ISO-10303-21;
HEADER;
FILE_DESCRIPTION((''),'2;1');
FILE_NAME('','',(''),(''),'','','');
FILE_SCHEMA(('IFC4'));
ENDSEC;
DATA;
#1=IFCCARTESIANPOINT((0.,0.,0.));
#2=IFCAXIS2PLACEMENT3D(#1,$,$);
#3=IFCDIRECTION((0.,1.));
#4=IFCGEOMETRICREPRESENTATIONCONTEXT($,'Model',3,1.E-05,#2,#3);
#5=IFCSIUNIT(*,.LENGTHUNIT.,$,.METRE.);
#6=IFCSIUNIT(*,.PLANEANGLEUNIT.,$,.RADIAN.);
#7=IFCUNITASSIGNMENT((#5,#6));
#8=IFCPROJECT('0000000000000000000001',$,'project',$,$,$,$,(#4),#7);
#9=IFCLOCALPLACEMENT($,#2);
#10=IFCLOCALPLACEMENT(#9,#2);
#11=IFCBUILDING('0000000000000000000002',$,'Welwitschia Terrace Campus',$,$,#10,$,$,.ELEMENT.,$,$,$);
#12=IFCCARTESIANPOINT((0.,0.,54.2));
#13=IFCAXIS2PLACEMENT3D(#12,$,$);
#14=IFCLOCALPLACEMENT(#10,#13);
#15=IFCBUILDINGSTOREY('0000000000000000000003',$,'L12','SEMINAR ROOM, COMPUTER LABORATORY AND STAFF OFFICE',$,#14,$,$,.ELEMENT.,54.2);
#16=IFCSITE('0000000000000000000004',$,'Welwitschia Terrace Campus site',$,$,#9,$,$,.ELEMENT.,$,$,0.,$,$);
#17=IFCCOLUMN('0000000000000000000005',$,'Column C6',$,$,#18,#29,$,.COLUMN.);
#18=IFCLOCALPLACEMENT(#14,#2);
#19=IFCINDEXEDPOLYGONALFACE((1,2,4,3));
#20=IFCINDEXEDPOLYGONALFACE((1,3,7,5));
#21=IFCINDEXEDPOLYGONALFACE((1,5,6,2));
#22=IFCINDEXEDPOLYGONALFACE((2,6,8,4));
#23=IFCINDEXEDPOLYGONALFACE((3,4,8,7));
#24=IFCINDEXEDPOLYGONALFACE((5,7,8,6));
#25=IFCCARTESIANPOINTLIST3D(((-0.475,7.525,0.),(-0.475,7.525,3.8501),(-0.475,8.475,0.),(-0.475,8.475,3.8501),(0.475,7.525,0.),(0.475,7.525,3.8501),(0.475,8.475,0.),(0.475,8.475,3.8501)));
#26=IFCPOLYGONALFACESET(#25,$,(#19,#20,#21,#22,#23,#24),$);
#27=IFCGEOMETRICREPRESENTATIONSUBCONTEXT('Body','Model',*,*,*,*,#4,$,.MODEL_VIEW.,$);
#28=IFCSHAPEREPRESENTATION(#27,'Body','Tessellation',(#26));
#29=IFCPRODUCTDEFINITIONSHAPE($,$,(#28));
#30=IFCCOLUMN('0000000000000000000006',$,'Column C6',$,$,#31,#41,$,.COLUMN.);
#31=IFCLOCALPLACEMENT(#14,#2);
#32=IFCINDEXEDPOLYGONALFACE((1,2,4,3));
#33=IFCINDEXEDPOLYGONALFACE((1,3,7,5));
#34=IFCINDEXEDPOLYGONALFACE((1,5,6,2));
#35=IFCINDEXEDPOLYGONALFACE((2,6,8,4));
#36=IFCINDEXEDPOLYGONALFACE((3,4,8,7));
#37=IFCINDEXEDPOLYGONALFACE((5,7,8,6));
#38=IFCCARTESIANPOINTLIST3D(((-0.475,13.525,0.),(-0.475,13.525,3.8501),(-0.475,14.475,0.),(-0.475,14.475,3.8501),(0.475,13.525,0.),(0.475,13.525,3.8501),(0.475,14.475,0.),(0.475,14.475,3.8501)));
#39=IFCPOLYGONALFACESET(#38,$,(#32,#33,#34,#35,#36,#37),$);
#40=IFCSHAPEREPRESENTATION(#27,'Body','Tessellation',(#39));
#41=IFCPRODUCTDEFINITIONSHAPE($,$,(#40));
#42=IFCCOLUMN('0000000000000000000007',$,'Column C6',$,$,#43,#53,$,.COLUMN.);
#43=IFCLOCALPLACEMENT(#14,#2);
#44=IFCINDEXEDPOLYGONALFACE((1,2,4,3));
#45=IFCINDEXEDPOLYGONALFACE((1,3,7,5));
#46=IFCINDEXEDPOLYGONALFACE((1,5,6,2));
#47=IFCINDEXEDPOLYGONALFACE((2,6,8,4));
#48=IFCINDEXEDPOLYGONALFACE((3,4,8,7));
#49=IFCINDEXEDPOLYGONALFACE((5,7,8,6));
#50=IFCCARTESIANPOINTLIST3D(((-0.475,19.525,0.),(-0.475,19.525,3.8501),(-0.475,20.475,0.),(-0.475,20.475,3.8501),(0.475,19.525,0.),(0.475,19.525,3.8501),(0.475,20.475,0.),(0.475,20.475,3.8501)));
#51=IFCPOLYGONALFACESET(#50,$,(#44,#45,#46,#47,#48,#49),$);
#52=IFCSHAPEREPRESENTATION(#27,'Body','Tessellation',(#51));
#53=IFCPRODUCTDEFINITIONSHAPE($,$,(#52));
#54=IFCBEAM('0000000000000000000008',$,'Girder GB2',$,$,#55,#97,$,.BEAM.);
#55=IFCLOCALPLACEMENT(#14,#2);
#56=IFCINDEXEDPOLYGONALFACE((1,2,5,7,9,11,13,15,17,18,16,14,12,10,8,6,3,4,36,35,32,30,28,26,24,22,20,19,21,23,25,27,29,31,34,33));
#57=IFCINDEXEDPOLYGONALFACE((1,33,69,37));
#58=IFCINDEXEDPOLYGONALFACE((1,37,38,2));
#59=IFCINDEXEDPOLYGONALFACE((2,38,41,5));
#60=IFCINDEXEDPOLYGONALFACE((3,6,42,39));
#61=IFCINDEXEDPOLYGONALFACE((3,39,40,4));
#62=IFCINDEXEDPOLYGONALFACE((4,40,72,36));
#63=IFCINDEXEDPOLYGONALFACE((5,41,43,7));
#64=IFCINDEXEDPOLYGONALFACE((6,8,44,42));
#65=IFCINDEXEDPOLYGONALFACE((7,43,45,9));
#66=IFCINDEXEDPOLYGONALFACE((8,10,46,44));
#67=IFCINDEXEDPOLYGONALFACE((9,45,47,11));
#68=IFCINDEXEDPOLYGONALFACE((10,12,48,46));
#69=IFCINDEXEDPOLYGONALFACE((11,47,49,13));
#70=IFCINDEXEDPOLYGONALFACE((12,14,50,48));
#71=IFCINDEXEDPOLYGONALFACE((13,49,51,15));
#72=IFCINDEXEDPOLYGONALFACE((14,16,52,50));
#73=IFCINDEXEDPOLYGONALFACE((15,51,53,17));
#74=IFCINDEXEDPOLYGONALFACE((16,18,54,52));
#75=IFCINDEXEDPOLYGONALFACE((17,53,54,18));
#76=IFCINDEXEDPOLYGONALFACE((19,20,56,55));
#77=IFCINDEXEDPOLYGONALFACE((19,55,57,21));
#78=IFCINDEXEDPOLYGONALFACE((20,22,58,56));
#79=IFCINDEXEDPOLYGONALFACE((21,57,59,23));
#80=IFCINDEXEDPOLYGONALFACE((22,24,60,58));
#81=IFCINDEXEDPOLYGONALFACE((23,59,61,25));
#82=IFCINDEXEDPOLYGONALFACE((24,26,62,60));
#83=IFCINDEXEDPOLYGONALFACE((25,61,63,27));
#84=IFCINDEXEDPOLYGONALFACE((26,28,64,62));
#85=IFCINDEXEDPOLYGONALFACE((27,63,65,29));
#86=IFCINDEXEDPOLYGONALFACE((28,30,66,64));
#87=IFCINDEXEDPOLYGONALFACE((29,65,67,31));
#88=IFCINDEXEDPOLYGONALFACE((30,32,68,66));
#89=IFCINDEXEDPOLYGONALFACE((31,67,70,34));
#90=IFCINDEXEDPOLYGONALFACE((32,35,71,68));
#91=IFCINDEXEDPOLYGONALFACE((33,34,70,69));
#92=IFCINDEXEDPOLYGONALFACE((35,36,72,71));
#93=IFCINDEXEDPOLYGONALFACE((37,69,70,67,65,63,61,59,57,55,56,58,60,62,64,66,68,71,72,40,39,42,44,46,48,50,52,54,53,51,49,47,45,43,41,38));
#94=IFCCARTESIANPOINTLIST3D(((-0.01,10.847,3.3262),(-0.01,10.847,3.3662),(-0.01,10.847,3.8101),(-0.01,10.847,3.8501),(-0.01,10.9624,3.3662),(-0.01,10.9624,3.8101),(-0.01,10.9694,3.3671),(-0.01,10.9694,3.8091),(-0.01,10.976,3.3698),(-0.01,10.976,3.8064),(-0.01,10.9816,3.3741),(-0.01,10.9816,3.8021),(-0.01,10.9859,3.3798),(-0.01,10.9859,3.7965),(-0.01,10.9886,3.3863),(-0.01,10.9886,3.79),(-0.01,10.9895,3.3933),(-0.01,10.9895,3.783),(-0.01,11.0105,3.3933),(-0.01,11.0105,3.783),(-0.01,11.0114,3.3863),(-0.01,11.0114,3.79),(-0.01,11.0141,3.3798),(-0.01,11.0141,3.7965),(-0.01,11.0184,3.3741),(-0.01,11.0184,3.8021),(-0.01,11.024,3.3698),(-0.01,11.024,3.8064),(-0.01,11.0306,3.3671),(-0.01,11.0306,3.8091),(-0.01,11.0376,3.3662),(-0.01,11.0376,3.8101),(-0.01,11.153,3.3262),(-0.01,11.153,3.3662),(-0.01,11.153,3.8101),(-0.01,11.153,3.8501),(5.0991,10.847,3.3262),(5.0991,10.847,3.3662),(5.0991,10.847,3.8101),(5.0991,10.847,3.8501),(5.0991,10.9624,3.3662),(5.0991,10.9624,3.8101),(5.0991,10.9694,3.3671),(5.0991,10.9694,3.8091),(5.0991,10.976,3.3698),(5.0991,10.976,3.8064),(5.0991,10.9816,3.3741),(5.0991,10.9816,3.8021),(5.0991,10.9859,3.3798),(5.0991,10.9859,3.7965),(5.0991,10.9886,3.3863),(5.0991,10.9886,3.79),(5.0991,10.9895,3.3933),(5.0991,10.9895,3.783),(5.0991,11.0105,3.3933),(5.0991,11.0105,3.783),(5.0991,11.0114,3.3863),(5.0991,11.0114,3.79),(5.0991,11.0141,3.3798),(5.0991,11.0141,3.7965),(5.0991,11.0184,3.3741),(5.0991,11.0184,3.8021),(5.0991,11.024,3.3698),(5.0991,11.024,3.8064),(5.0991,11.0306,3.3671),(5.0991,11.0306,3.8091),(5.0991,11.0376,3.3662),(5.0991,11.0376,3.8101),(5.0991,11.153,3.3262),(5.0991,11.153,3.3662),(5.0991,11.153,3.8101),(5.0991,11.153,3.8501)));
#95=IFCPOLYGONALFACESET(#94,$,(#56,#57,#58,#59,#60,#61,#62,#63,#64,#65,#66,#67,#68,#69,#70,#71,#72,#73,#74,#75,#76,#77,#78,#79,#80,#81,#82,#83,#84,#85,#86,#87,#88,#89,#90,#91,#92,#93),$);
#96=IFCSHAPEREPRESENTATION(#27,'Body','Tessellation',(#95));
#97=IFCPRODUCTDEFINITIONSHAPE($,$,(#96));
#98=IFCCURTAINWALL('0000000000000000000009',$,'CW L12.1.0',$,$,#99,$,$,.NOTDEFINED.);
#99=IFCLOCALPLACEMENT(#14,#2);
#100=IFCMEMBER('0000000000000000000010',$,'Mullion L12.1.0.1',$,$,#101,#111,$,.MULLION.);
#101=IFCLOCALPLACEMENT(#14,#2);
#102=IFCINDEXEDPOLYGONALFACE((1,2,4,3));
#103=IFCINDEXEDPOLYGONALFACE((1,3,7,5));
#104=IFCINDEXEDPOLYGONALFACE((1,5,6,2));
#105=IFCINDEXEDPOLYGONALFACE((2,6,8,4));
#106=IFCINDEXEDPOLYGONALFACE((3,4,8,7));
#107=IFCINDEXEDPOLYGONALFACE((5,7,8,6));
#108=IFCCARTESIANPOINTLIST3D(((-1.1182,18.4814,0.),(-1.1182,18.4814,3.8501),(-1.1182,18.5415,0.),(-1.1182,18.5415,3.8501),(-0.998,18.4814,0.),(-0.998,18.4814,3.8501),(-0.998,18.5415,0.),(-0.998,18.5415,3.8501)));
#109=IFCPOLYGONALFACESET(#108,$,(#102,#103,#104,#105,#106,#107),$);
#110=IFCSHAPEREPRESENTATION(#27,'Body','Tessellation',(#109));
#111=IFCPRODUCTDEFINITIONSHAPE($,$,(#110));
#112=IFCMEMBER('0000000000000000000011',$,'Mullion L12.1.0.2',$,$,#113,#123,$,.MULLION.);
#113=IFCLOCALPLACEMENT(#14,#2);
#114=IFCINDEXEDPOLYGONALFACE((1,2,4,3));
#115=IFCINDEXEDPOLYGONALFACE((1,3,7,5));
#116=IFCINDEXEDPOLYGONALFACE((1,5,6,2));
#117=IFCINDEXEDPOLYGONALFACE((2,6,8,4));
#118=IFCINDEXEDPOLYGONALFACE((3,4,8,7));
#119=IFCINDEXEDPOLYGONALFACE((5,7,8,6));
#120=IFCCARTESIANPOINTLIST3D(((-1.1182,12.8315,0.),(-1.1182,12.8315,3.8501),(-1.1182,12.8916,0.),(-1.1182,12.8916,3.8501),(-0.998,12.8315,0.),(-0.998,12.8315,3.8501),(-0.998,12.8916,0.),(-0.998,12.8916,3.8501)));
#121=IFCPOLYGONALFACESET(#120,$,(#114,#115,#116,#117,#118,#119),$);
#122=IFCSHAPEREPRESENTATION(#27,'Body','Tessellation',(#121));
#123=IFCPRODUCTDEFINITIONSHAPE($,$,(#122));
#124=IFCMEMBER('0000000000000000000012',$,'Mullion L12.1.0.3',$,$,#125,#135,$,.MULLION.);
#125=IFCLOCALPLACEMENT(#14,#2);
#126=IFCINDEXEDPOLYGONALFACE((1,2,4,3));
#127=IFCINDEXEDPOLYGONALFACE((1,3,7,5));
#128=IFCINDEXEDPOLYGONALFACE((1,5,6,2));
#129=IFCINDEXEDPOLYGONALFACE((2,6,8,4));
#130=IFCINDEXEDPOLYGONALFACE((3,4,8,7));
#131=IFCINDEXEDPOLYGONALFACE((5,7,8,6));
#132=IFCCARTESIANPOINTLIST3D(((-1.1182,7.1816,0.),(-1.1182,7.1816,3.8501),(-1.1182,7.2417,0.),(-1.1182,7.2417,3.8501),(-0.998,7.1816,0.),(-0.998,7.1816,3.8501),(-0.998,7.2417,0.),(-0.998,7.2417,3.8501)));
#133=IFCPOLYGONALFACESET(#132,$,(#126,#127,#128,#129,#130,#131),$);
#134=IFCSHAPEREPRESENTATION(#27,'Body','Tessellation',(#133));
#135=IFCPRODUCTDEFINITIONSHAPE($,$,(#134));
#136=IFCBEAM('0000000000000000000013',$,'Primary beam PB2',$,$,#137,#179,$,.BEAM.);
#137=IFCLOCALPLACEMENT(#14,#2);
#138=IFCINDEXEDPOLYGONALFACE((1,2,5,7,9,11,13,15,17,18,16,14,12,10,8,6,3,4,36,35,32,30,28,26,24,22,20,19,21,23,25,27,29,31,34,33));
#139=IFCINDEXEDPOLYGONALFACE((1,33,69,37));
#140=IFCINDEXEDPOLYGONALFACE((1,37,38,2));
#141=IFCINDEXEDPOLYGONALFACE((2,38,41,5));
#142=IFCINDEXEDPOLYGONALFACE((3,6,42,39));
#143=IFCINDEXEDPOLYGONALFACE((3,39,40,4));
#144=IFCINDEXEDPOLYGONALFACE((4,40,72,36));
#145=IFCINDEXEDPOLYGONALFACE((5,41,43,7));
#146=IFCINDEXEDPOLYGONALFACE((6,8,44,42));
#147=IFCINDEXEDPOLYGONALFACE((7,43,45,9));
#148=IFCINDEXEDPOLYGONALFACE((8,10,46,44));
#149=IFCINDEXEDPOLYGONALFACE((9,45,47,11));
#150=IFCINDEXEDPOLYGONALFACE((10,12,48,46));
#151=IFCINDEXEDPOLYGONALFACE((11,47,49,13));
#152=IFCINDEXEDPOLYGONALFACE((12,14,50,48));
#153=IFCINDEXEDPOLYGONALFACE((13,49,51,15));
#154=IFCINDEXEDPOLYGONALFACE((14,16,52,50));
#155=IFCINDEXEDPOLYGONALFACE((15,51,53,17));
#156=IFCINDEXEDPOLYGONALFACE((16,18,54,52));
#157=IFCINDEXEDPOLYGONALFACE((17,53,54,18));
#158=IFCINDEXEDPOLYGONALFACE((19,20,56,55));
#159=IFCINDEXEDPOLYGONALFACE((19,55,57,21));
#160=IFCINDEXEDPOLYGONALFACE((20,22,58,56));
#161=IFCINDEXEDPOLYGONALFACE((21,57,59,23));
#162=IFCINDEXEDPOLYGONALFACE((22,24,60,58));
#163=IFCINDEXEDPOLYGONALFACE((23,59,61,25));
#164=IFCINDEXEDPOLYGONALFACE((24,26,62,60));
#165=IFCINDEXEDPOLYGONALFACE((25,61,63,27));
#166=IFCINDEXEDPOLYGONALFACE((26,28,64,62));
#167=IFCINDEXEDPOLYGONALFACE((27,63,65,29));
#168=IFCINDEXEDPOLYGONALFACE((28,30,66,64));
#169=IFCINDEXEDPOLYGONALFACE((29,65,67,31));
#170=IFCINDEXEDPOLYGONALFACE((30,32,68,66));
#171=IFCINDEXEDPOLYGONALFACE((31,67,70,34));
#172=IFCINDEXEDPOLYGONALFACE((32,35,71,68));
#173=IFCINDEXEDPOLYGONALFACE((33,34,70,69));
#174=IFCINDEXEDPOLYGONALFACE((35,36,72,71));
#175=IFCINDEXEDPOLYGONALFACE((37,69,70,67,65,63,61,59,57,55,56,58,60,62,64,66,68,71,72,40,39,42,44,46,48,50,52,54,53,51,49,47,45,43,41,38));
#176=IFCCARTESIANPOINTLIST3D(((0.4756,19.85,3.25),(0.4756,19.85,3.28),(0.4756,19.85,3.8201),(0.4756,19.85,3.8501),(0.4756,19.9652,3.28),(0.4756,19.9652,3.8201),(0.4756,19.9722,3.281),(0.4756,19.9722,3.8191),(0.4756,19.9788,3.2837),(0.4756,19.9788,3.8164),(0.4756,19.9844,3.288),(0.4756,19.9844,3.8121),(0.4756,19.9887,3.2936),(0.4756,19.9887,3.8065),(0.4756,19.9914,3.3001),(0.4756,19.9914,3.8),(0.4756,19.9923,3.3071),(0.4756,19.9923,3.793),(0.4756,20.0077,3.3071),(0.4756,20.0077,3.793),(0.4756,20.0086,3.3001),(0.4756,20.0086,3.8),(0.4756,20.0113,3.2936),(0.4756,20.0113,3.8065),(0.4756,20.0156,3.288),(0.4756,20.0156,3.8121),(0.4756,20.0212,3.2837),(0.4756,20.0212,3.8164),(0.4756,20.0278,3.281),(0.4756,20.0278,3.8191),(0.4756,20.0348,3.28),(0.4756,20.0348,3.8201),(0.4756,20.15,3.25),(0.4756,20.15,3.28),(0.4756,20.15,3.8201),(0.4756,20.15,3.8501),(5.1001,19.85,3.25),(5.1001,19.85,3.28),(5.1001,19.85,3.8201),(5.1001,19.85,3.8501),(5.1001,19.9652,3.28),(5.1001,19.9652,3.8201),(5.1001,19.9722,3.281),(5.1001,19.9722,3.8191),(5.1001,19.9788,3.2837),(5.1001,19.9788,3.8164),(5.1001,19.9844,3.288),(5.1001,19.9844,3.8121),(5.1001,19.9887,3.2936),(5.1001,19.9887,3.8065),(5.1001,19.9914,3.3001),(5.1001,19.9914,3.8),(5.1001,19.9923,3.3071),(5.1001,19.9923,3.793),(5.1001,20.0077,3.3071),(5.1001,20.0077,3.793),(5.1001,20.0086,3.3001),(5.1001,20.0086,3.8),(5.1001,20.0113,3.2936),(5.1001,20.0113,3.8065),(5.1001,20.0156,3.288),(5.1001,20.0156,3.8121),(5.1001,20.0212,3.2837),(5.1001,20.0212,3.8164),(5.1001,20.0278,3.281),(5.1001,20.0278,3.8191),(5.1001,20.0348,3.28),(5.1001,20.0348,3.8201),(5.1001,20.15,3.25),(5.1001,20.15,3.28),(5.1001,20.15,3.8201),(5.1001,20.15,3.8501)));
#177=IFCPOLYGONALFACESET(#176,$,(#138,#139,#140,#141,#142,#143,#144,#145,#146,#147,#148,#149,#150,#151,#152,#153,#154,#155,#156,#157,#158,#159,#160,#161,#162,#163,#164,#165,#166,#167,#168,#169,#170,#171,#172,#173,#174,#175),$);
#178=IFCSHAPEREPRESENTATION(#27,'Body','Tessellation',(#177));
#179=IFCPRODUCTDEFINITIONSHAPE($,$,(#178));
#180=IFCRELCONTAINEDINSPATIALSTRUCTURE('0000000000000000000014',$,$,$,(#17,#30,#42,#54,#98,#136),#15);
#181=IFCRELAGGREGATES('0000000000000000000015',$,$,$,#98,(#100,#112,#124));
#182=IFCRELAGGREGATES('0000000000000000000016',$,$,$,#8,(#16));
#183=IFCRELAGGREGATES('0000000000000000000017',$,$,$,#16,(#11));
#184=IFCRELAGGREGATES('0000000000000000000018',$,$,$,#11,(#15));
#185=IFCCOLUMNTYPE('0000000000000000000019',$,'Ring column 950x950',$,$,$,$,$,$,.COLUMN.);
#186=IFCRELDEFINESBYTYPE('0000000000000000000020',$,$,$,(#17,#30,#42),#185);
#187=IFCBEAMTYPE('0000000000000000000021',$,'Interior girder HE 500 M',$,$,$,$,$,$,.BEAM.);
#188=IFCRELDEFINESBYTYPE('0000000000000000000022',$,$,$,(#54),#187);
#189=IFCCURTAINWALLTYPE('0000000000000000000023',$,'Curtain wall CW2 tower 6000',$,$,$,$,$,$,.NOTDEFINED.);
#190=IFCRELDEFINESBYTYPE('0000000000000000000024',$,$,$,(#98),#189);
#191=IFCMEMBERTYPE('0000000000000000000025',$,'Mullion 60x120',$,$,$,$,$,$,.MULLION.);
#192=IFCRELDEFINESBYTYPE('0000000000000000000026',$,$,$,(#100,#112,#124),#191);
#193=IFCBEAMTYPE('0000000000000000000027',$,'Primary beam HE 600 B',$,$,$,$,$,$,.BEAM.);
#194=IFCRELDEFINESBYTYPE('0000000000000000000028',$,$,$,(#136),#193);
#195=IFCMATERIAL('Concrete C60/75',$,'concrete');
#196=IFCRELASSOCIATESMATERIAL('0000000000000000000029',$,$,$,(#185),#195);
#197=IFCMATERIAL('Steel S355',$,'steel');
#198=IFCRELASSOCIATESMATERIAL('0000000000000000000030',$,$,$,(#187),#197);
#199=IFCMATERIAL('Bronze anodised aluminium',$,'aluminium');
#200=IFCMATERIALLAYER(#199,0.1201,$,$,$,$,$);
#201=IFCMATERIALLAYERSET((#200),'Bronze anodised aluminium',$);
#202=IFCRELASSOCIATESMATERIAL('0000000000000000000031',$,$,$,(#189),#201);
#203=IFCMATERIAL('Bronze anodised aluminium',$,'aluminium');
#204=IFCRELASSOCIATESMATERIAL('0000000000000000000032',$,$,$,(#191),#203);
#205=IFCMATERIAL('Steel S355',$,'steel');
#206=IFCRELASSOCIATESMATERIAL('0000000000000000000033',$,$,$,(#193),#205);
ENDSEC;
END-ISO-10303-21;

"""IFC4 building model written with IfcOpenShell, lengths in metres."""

from ifc_helpers import new_model, si_unit, direction, frame, origin, origin_2d, place, context, subcontext, project, spatial, rectangle, i_section, extrude, material, layer, layer_set, material_profile, profile_set, type_object, element, aggregate, save


model = new_model("IFC4")

# Units and contexts
model_context = context("Model", 3, precision=1e-05, world=origin(), true_north=direction((0.0, 1.0)))
body_context = subcontext(model_context, "Body", "Model", "MODEL_VIEW")
ifc_project = project(units=[si_unit("LENGTHUNIT", "METRE"), si_unit("PLANEANGLEUNIT", "RADIAN")], contexts=[model_context])

# Site, building, storey
site_placement = place(None, origin())
site = spatial("IfcSite", under=ifc_project, at=site_placement, Name="Welwitschia Terrace Campus site", CompositionType="ELEMENT", RefElevation=0.0)
building_placement = place(site_placement, origin())
building = spatial("IfcBuilding", under=site, at=building_placement, Name="Welwitschia Terrace Campus", CompositionType="ELEMENT")
storey_placement = place(building_placement, frame((0.0, 0.0, 54.2)))
storey = spatial("IfcBuildingStorey", under=building, at=storey_placement, Name="L12", Description="SEMINAR ROOM, COMPUTER LABORATORY AND STAFF OFFICE", CompositionType="ELEMENT", Elevation=54.2)

# Columns
ifc_material_1 = material(Name="Concrete C60/75", Category="concrete")
ifc_material_profile_1 = material_profile(ifc_material_1, rectangle(XDim=0.95, YDim=0.95, at=origin_2d()))
ifc_profile_set_1 = profile_set([ifc_material_profile_1], Name="Concrete C60/75")
column_type = type_object("IfcColumnType", Name="Ring column 950x950", PredefinedType="COLUMN", material=ifc_profile_set_1)
for number, where, z_axis, x_axis, name in (
    (1, (0.0, 8.0, 0.0), (0.0, 0.0, 1.0), (1.0, 0.0, 0.0), "Column C6"),
    (2, (0.0, 14.0, 0.0), (0.0, 0.0, 1.0), (1.0, 0.0, 0.0), "Column C6"),
    (3, (0.0, 20.0, 0.0), (0.0, 0.0, 1.0), (1.0, 0.0, 0.0), "Column C6"),
):
    element("IfcColumn", number, at=place(storey_placement, frame(where, z_axis=z_axis, x_axis=x_axis)), inside=storey, type_object=column_type, Name=name, PredefinedType="COLUMN", context=body_context, shape_type="SweptSolid", body=[
        extrude(rectangle(XDim=0.95, YDim=0.95, at=origin_2d()), origin(), (0.0, 0.0, 1.0), 3.8501),
    ])

# Beam
ifc_material_2 = material(Name="Steel S355", Category="steel")
ifc_material_profile_2 = material_profile(ifc_material_2, i_section(OverallWidth=0.3059, OverallDepth=0.5239, WebThickness=0.021, FlangeThickness=0.04, FilletRadius=0.0271, at=origin_2d()))
ifc_profile_set_2 = profile_set([ifc_material_profile_2], Name="Steel S355")
beam_type_1 = type_object("IfcBeamType", Name="Interior girder HE 500 M", PredefinedType="BEAM", material=ifc_profile_set_2)
beam_1_placement = place(storey_placement, frame((-0.01, 11.0, 3.5881), z_axis=(1.0, 0.0, 0.0), x_axis=(0.0, 1.0, 0.0)))
element("IfcBeam", 4, at=beam_1_placement, inside=storey, type_object=beam_type_1, Name="Girder GB2", PredefinedType="BEAM", context=body_context, shape_type="SweptSolid", body=[
    extrude(i_section(OverallWidth=0.3059, OverallDepth=0.5239, WebThickness=0.021, FlangeThickness=0.04, FilletRadius=0.0271, at=origin_2d()), origin(), (0.0, 0.0, 1.0), 5.1091),
])

# Curtain wall, members
ifc_material_3 = material(Name="Bronze anodised aluminium", Category="aluminium")
ifc_layer_1 = layer(ifc_material_3, 0.1201)
ifc_layer_set_1 = layer_set([ifc_layer_1], Name="Bronze anodised aluminium")
curtain_wall_type = type_object("IfcCurtainWallType", Name="Curtain wall CW2 tower 6000", PredefinedType="NOTDEFINED", material=ifc_layer_set_1)
curtain_wall_placement = place(storey_placement, origin())
curtain_wall = element("IfcCurtainWall", 5, at=curtain_wall_placement, inside=storey, type_object=curtain_wall_type, Name="CW L12.1.0", PredefinedType="NOTDEFINED")
ifc_material_4 = material(Name="Bronze anodised aluminium", Category="aluminium")
ifc_material_profile_3 = material_profile(ifc_material_4, rectangle(XDim=0.1201, YDim=0.0601, at=origin_2d()))
ifc_profile_set_3 = profile_set([ifc_material_profile_3], Name="Bronze anodised aluminium")
member_type = type_object("IfcMemberType", Name="Mullion 60x120", PredefinedType="MULLION", material=ifc_profile_set_3)
member_1_placement = place(storey_placement, frame((-1.0581, 18.5115, 0.0), z_axis=(0.0, 0.0, 1.0), x_axis=(1.0, 0.0, 0.0)))
member_1 = element("IfcMember", 6, at=member_1_placement, type_object=member_type, Name="Mullion L12.1.0.1", PredefinedType="MULLION", context=body_context, shape_type="SweptSolid", body=[
    extrude(rectangle(XDim=0.1201, YDim=0.0601, at=origin_2d()), origin(), (0.0, 0.0, 1.0), 3.8501),
])
member_2_placement = place(storey_placement, frame((-1.0581, 12.8616, 0.0), z_axis=(0.0, 0.0, 1.0), x_axis=(1.0, 0.0, 0.0)))
member_2 = element("IfcMember", 7, at=member_2_placement, type_object=member_type, Name="Mullion L12.1.0.2", PredefinedType="MULLION", context=body_context, shape_type="SweptSolid", body=[
    extrude(rectangle(XDim=0.1201, YDim=0.0601, at=origin_2d()), origin(), (0.0, 0.0, 1.0), 3.8501),
])
member_3_placement = place(storey_placement, frame((-1.0581, 7.2117, 0.0), z_axis=(0.0, 0.0, 1.0), x_axis=(1.0, 0.0, 0.0)))
member_3 = element("IfcMember", 8, at=member_3_placement, type_object=member_type, Name="Mullion L12.1.0.3", PredefinedType="MULLION", context=body_context, shape_type="SweptSolid", body=[
    extrude(rectangle(XDim=0.1201, YDim=0.0601, at=origin_2d()), origin(), (0.0, 0.0, 1.0), 3.8501),
])

# Beam
ifc_material_5 = material(Name="Steel S355", Category="steel")
ifc_material_profile_4 = material_profile(ifc_material_5, i_section(OverallWidth=0.3, OverallDepth=0.6001, WebThickness=0.0154, FlangeThickness=0.03, FilletRadius=0.0271, at=origin_2d()))
ifc_profile_set_4 = profile_set([ifc_material_profile_4], Name="Steel S355")
beam_type_2 = type_object("IfcBeamType", Name="Primary beam HE 600 B", PredefinedType="BEAM", material=ifc_profile_set_4)
for number, where, z_axis, x_axis, name in (
    (9, (0.4756, 20.0, 3.55), (1.0, 0.0, 0.0), (0.0, 1.0, 0.0), "Primary beam PB2"),
):
    element("IfcBeam", number, at=place(storey_placement, frame(where, z_axis=z_axis, x_axis=x_axis)), inside=storey, type_object=beam_type_2, Name=name, PredefinedType="BEAM", context=body_context, shape_type="SweptSolid", body=[
        extrude(i_section(OverallWidth=0.3, OverallDepth=0.6001, WebThickness=0.0154, FlangeThickness=0.03, FilletRadius=0.0271, at=origin_2d()), origin(), (0.0, 0.0, 1.0), 4.6245),
    ])

aggregate(curtain_wall, [member_1, member_2, member_3])

save(model, "model.ifc")
